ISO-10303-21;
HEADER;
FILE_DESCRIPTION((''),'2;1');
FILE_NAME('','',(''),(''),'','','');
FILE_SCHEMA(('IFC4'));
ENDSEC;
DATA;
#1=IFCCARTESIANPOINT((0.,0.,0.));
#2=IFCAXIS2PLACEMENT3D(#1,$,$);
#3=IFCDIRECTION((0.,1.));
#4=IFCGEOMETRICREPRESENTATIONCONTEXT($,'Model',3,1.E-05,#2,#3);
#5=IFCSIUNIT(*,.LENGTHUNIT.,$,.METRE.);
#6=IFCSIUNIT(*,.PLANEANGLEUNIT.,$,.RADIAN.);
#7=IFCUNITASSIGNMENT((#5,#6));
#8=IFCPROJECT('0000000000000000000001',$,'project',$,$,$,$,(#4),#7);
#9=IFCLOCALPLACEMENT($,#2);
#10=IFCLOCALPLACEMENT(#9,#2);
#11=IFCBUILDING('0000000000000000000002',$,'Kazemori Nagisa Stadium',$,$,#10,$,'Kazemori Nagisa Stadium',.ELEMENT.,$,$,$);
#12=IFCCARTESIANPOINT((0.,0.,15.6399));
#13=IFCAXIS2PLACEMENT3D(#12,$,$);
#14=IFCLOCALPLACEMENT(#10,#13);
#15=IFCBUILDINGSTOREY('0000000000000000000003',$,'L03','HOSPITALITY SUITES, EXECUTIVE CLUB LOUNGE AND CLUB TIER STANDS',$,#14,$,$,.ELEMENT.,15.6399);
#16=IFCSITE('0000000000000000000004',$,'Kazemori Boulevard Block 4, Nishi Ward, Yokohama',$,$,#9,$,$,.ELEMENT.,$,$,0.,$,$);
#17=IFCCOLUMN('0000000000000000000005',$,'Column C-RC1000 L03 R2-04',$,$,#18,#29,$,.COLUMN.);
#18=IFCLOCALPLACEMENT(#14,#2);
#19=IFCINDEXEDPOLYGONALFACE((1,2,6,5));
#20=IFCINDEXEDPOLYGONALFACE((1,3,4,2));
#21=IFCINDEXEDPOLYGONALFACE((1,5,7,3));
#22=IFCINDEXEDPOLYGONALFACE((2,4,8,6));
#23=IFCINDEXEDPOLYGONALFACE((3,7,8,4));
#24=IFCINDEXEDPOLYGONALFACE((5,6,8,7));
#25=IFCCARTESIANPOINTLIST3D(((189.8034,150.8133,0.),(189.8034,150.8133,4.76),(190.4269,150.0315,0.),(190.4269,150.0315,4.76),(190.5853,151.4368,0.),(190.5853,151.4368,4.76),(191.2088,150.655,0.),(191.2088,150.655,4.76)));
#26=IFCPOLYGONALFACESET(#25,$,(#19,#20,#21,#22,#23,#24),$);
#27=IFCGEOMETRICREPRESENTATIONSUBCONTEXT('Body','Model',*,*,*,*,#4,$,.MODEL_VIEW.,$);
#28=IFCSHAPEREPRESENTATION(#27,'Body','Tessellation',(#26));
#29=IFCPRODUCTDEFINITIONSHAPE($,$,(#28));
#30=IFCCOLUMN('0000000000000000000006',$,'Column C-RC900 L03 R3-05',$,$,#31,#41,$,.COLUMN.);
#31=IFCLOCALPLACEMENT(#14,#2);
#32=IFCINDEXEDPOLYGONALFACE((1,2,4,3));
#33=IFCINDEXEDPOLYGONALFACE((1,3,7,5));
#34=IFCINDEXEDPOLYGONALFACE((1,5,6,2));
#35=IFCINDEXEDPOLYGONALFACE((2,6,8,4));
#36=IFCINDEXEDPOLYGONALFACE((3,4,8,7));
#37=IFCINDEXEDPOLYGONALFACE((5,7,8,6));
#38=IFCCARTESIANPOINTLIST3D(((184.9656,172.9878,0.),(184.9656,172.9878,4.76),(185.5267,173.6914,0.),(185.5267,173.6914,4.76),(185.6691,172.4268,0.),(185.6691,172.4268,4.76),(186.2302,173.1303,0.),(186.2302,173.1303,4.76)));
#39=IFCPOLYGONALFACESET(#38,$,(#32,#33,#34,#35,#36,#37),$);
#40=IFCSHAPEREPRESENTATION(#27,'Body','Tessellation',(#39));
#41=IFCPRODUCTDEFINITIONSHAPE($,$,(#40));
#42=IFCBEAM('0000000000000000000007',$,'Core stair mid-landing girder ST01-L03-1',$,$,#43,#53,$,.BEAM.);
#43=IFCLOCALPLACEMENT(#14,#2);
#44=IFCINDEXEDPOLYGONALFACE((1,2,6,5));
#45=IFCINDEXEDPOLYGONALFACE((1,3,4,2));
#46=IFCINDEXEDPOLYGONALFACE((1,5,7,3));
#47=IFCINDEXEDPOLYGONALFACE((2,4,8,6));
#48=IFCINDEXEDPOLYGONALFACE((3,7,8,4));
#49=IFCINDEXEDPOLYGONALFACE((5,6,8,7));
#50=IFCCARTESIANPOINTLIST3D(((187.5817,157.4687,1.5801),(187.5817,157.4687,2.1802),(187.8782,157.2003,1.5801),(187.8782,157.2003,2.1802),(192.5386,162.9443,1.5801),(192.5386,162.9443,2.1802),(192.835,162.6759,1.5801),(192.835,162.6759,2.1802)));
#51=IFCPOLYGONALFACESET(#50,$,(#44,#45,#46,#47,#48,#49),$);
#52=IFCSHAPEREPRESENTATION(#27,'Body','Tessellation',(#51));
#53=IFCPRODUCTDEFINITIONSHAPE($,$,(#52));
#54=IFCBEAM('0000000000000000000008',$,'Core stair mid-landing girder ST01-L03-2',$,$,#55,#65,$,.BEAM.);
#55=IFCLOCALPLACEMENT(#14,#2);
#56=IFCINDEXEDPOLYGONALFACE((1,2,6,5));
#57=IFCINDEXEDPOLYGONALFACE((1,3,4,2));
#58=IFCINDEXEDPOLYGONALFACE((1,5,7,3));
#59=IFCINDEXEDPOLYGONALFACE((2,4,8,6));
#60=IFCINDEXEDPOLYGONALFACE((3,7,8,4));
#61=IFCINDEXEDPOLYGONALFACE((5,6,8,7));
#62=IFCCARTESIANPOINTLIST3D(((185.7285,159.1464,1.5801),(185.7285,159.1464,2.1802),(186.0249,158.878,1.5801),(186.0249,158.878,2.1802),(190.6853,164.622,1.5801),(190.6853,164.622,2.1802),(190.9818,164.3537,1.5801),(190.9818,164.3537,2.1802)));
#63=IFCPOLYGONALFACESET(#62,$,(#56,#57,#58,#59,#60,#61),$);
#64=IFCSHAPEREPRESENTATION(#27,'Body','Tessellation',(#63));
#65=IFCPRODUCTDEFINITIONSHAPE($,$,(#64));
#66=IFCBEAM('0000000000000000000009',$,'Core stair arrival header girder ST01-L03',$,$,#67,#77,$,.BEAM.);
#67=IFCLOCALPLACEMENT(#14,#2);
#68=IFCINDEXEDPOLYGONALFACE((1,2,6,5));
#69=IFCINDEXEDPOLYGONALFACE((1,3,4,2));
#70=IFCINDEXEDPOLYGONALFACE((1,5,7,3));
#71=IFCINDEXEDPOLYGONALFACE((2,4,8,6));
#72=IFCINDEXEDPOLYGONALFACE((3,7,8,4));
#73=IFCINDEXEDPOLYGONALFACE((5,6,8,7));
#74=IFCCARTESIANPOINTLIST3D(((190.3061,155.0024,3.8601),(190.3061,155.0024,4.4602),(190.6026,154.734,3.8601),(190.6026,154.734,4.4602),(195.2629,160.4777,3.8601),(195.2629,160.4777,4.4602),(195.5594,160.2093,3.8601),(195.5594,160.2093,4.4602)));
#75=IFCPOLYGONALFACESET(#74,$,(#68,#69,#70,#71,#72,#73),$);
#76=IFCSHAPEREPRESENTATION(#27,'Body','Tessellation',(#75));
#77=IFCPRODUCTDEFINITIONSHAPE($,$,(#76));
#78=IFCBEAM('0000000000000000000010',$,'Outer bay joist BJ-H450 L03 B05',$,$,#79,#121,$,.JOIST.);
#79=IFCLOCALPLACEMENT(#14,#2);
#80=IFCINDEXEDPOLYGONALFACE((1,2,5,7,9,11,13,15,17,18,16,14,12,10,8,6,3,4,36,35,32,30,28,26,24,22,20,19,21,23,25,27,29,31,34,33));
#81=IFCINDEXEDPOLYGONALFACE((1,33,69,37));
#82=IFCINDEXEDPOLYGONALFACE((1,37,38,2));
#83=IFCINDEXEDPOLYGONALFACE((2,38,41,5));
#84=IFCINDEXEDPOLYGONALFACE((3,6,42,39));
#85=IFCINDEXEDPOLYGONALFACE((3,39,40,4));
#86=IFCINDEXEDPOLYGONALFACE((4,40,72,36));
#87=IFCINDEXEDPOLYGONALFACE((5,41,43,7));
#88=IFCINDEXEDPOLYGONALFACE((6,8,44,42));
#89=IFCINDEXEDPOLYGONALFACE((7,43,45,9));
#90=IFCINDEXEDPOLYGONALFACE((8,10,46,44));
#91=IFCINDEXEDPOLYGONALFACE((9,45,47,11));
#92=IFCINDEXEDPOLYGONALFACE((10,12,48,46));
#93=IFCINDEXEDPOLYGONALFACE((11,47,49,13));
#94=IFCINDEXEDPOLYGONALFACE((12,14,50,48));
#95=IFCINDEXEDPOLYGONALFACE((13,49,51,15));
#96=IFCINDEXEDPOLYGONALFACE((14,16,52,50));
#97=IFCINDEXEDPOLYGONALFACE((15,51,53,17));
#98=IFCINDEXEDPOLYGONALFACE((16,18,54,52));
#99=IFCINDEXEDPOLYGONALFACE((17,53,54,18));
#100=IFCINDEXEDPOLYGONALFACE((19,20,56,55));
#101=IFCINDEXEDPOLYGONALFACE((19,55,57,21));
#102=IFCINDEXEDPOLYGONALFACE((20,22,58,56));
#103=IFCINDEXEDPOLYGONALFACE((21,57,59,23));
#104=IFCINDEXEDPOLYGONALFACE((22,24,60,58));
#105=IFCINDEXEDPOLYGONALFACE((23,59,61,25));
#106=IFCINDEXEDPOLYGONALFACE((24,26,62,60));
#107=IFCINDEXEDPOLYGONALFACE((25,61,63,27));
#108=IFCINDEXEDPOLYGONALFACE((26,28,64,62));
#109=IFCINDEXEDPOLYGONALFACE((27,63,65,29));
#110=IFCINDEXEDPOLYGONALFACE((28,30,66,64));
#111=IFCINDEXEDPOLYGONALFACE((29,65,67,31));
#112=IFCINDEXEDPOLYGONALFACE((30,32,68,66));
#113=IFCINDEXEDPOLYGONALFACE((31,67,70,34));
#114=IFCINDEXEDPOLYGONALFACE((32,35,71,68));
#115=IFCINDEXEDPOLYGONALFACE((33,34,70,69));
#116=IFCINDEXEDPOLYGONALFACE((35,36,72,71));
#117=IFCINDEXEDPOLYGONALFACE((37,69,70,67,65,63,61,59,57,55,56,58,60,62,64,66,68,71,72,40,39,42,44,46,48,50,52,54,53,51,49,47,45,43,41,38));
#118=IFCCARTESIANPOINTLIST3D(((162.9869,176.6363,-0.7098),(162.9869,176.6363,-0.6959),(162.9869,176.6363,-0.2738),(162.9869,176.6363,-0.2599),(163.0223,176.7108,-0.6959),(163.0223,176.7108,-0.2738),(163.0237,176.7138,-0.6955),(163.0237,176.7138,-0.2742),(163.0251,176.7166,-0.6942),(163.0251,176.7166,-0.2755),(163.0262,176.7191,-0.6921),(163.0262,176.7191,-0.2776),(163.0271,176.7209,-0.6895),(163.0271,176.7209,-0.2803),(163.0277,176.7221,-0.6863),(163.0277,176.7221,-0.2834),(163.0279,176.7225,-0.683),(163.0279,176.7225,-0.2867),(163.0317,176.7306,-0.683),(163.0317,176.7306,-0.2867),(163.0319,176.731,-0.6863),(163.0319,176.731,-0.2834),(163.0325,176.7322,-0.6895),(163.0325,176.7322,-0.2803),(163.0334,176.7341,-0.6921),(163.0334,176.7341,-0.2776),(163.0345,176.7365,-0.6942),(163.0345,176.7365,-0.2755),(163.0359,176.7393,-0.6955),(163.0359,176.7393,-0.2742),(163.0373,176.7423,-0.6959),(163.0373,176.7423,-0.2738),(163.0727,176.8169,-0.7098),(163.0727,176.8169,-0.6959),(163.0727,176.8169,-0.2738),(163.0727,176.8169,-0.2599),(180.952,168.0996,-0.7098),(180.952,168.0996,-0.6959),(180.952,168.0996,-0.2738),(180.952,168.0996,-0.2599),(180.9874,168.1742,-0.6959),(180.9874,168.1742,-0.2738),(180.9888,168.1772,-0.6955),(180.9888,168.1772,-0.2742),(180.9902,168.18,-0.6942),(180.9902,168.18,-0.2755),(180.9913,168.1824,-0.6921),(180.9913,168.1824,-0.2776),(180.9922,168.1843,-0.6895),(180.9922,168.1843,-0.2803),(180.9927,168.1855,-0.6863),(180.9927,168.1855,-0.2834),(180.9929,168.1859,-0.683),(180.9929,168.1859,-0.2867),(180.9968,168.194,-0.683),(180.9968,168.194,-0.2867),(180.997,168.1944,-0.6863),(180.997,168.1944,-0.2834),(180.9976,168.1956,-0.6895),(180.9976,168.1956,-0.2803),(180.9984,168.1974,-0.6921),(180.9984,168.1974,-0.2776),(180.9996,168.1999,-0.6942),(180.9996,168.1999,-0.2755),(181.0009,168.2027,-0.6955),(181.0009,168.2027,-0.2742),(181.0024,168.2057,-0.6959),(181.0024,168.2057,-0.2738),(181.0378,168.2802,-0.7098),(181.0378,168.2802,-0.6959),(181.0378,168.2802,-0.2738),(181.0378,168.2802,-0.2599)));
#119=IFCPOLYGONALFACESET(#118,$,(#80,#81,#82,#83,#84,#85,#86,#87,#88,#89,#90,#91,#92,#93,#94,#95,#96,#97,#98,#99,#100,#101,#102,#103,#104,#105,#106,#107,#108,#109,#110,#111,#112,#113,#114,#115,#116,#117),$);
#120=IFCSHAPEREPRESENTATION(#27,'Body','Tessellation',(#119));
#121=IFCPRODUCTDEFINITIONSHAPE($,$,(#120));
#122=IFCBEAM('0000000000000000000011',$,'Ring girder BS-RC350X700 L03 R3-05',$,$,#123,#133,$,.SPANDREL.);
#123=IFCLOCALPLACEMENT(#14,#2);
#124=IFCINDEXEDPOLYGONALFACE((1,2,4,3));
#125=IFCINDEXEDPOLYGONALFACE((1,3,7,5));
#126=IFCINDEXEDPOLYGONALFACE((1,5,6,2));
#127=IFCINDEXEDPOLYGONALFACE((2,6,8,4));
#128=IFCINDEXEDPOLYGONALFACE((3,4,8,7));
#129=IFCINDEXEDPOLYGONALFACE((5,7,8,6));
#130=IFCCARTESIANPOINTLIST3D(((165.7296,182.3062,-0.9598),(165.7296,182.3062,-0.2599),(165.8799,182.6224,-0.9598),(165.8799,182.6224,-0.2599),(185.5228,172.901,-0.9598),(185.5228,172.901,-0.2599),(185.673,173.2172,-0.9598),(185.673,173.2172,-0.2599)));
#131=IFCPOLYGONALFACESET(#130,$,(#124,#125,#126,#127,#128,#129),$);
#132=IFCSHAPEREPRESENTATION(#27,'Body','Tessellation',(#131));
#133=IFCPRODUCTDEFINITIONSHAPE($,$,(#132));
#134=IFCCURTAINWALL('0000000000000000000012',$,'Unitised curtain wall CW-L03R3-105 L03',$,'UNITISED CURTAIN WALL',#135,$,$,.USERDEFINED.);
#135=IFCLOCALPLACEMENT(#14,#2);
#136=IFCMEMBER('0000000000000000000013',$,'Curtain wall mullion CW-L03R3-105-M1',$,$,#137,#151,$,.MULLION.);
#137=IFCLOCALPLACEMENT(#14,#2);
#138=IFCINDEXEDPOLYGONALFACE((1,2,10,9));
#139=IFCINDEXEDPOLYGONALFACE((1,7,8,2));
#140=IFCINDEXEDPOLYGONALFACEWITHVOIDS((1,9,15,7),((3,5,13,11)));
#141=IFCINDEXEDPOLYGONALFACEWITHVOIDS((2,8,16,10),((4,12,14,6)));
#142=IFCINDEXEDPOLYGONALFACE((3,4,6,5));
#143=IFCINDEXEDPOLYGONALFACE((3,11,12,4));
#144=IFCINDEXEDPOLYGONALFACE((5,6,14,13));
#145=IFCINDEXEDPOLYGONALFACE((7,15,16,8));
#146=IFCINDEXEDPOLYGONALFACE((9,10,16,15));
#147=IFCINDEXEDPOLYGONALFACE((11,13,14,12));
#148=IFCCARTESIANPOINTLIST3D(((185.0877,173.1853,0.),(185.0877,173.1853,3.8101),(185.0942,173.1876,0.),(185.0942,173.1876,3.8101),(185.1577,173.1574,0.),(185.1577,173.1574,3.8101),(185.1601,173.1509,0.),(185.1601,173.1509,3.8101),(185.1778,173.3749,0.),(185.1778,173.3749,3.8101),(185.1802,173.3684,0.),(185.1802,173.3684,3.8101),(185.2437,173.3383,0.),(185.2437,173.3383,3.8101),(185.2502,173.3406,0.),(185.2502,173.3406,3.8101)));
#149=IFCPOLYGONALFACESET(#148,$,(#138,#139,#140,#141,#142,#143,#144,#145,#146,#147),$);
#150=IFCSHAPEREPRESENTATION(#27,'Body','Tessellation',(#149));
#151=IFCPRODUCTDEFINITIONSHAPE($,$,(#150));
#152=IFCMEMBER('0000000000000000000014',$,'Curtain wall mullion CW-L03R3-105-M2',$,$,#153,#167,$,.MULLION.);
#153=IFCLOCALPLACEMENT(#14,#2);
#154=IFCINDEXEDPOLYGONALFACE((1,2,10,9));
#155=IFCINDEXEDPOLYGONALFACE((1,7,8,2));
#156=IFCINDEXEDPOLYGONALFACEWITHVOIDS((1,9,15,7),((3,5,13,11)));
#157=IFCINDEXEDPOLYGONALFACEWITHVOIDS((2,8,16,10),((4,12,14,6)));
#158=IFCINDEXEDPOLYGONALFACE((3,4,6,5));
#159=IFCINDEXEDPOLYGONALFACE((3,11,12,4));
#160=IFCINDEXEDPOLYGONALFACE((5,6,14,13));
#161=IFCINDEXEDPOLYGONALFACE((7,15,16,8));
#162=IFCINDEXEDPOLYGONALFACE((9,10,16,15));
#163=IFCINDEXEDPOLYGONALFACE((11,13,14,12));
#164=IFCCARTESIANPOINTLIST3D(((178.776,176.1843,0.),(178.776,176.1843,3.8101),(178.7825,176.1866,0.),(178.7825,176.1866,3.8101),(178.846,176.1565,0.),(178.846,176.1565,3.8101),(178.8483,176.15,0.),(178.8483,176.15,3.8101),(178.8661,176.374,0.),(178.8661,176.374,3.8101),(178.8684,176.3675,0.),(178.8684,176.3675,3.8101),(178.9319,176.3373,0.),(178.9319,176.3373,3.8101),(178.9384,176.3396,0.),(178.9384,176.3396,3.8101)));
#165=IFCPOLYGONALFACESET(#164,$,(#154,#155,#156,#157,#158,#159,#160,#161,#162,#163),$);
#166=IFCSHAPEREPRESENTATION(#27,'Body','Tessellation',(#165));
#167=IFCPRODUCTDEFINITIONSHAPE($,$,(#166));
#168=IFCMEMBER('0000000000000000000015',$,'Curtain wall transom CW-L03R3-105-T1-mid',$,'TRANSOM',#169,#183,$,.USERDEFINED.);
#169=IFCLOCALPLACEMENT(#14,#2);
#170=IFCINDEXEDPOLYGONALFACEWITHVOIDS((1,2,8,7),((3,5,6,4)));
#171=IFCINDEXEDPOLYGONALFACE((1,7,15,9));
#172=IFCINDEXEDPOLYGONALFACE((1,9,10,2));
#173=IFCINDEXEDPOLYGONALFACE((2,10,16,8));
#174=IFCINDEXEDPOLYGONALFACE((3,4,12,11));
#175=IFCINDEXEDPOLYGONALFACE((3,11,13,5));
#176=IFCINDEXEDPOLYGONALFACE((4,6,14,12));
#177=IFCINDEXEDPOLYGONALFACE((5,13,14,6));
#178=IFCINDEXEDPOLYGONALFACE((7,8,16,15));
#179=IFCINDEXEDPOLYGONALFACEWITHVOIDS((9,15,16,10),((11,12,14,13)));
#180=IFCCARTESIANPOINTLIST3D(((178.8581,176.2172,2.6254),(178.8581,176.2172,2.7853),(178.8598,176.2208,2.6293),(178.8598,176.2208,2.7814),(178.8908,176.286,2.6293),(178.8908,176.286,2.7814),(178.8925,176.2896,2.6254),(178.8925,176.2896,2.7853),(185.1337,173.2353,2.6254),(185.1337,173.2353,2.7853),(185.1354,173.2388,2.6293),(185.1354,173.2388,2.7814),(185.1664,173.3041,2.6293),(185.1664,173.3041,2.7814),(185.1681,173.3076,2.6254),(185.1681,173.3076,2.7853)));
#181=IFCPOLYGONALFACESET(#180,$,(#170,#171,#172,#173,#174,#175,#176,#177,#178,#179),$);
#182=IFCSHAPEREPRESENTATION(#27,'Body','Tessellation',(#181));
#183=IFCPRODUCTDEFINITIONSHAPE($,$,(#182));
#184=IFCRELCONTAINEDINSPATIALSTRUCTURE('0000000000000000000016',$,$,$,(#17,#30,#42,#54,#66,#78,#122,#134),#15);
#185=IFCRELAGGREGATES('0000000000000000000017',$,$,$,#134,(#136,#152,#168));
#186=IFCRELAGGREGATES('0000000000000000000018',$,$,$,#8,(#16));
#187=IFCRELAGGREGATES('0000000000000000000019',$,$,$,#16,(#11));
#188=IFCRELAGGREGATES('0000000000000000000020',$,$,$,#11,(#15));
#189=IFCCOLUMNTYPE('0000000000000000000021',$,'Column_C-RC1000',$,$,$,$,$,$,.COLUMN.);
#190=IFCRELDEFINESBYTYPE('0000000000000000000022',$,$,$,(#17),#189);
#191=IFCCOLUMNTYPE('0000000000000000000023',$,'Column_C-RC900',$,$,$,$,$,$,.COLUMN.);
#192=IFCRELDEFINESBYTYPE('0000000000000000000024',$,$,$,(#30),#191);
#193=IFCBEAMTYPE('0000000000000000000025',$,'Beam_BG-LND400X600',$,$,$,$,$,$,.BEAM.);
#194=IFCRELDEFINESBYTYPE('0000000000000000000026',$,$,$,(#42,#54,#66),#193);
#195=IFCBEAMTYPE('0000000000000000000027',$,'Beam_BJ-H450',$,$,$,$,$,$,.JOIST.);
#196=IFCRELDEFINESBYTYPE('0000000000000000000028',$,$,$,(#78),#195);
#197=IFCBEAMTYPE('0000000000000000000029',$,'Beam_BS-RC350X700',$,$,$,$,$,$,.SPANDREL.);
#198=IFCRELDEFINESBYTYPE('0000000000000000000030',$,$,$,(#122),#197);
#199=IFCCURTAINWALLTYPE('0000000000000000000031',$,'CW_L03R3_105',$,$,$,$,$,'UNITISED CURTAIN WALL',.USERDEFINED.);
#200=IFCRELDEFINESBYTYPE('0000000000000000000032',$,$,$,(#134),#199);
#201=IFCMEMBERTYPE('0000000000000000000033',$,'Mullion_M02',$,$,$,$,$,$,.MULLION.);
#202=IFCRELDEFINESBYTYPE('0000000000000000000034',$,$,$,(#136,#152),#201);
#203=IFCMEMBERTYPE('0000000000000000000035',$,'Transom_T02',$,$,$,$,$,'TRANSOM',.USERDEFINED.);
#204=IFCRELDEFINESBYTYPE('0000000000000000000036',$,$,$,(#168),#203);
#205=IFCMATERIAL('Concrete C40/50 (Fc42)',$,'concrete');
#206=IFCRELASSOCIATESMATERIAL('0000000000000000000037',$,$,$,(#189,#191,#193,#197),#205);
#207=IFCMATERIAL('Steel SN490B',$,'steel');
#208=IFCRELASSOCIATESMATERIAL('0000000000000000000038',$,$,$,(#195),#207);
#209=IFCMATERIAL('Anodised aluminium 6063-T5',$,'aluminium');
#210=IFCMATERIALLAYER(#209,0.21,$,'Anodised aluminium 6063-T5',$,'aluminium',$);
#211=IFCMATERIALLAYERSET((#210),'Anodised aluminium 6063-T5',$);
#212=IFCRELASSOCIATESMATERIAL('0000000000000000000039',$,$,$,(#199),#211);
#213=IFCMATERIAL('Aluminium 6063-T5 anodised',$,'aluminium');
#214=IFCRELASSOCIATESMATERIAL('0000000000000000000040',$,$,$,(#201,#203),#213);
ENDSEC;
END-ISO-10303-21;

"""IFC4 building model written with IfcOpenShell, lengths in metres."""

from ifc_helpers import new_model, si_unit, direction, frame, origin, origin_2d, place, context, subcontext, project, spatial, rectangle, hollow_rectangle, i_section, extrude, material, layer, layer_set, material_profile, profile_set, type_object, element, aggregate, save


model = new_model("IFC4")

# Units and contexts
model_context = context("Model", 3, precision=1e-05, world=origin(), true_north=direction((0.0, 1.0)))
body_context = subcontext(model_context, "Body", "Model", "MODEL_VIEW")
ifc_project = project(units=[si_unit("LENGTHUNIT", "METRE"), si_unit("PLANEANGLEUNIT", "RADIAN")], contexts=[model_context])

# Site, building, storey
site_placement = place(None, origin())
site = spatial("IfcSite", under=ifc_project, at=site_placement, Name="Kazemori Boulevard Block 4, Nishi Ward, Yokohama", CompositionType="ELEMENT", RefElevation=0.0)
building_placement = place(site_placement, origin())
building = spatial("IfcBuilding", under=site, at=building_placement, Name="Kazemori Nagisa Stadium", LongName="Kazemori Nagisa Stadium", CompositionType="ELEMENT")
storey_placement = place(building_placement, frame((0.0, 0.0, 15.6399)))
storey = spatial("IfcBuildingStorey", under=building, at=storey_placement, Name="L03", Description="HOSPITALITY SUITES, EXECUTIVE CLUB LOUNGE AND CLUB TIER STANDS", CompositionType="ELEMENT", Elevation=15.6399)

# Columns
ifc_material_1 = material(Name="Concrete C40/50 (Fc42)", Category="concrete")
ifc_material_profile_1 = material_profile(ifc_material_1, rectangle(XDim=1.0, YDim=1.0, at=origin_2d()), Name="RC-COL-1000x1000")
ifc_profile_set_1 = profile_set([ifc_material_profile_1], Name="Concrete C40/50 (Fc42)")
column_type_1 = type_object("IfcColumnType", Name="Column_C-RC1000", PredefinedType="COLUMN", material=ifc_profile_set_1)
column_1_placement = place(storey_placement, frame((190.5061, 150.7341, 0.0), z_axis=(0.0, 0.0, 1.0), x_axis=(0.781831, 0.62349, 0.0)))
element("IfcColumn", 1, at=column_1_placement, inside=storey, type_object=column_type_1, Name="Column C-RC1000 L03 R2-04", PredefinedType="COLUMN", context=body_context, shape_type="SweptSolid", body=[
    extrude(rectangle(XDim=1.0, YDim=1.0, at=origin_2d()), origin(), (0.0, 0.0, 1.0), 4.76),
])
ifc_material_profile_2 = material_profile(ifc_material_1, rectangle(XDim=0.8999, YDim=0.8999, at=origin_2d()), Name="RC-COL-900x900")
ifc_profile_set_2 = profile_set([ifc_material_profile_2], Name="Concrete C40/50 (Fc42)")
column_type_2 = type_object("IfcColumnType", Name="Column_C-RC900", PredefinedType="COLUMN", material=ifc_profile_set_2)
column_2_placement = place(storey_placement, frame((185.5979, 173.0591, 0.0), z_axis=(0.0, 0.0, 1.0), x_axis=(0.62349, 0.781831, 0.0)))
element("IfcColumn", 2, at=column_2_placement, inside=storey, type_object=column_type_2, Name="Column C-RC900 L03 R3-05", PredefinedType="COLUMN", context=body_context, shape_type="SweptSolid", body=[
    extrude(rectangle(XDim=0.8999, YDim=0.8999, at=origin_2d()), origin(), (0.0, 0.0, 1.0), 4.76),
])

# Beams
ifc_material_profile_3 = material_profile(ifc_material_1, rectangle(XDim=0.3999, YDim=0.6001, at=origin_2d()), Name="RC-BM-400x600")
ifc_profile_set_3 = profile_set([ifc_material_profile_3], Name="Concrete C40/50 (Fc42)")
beam_type_1 = type_object("IfcBeamType", Name="Beam_BG-LND400X600", PredefinedType="BEAM", material=ifc_profile_set_3)
for number, where, z_axis, x_axis, name in (
    (3, (187.73, 157.3345, 1.8801), (0.671113, 0.741355, 0.0), (-0.741355, 0.671113, 0.0), "Core stair mid-landing girder ST01-L03-1"),
    (4, (185.8767, 159.0122, 1.8801), (0.671113, 0.741355, 0.0), (-0.741355, 0.671113, 0.0), "Core stair mid-landing girder ST01-L03-2"),
):
    element("IfcBeam", number, at=place(storey_placement, frame(where, z_axis=z_axis, x_axis=x_axis)), inside=storey, type_object=beam_type_1, Name=name, PredefinedType="BEAM", context=body_context, shape_type="SweptSolid", body=[
        extrude(rectangle(XDim=0.3999, YDim=0.6001, at=origin_2d()), origin(), (0.0, 0.0, 1.0), 7.386),
    ])
beam_1_placement = place(storey_placement, frame((190.4543, 154.8682, 4.1602), z_axis=(0.67113, 0.74134, 0.0), x_axis=(-0.74134, 0.67113, 0.0)))
element("IfcBeam", 5, at=beam_1_placement, inside=storey, type_object=beam_type_1, Name="Core stair arrival header girder ST01-L03", PredefinedType="BEAM", context=body_context, shape_type="SweptSolid", body=[
    extrude(rectangle(XDim=0.3999, YDim=0.6001, at=origin_2d()), origin(), (0.0, 0.0, 1.0), 7.3857),
])
ifc_material_2 = material(Name="Steel SN490B", Category="steel")
ifc_material_profile_4 = material_profile(ifc_material_2, i_section(OverallWidth=0.2, OverallDepth=0.45, WebThickness=0.009, FlangeThickness=0.0139, FilletRadius=0.0129, at=origin_2d()), Name="H-450x200x9x14")
ifc_profile_set_4 = profile_set([ifc_material_profile_4], Name="Steel SN490B")
beam_type_2 = type_object("IfcBeamType", Name="Beam_BJ-H450", PredefinedType="JOIST", material=ifc_profile_set_4)
beam_2_placement = place(storey_placement, frame((180.9949, 168.1899, -0.4849), z_axis=(-0.903215, 0.429188, 0.0), x_axis=(-0.429188, -0.903215, 0.0)))
element("IfcBeam", 6, at=beam_2_placement, inside=storey, type_object=beam_type_2, Name="Outer bay joist BJ-H450 L03 B05", PredefinedType="JOIST", context=body_context, shape_type="SweptSolid", body=[
    extrude(i_section(OverallWidth=0.2, OverallDepth=0.45, WebThickness=0.009, FlangeThickness=0.0139, FilletRadius=0.0129, at=origin_2d()), origin(), (0.0, 0.0, 1.0), 19.8901),
])
ifc_material_profile_5 = material_profile(ifc_material_1, rectangle(XDim=0.3501, YDim=0.7, at=origin_2d()), Name="RC-SP-350x700")
ifc_profile_set_5 = profile_set([ifc_material_profile_5], Name="Concrete C40/50 (Fc42)")
beam_type_3 = type_object("IfcBeamType", Name="Beam_BS-RC350X700", PredefinedType="SPANDREL", material=ifc_profile_set_5)
beam_3_placement = place(storey_placement, frame((185.5979, 173.0591, -0.6099), z_axis=(-0.903216, 0.429187, 0.0), x_axis=(-0.429187, -0.903216, 0.0)))
element("IfcBeam", 7, at=beam_3_placement, inside=storey, type_object=beam_type_3, Name="Ring girder BS-RC350X700 L03 R3-05", PredefinedType="SPANDREL", context=body_context, shape_type="SweptSolid", body=[
    extrude(rectangle(XDim=0.3501, YDim=0.7, at=origin_2d()), origin(), (0.0, 0.0, 1.0), 21.9141),
])

# Curtain wall, members
ifc_material_3 = material(Name="Anodised aluminium 6063-T5", Category="aluminium")
ifc_layer_1 = layer(ifc_material_3, 0.21, Name="Anodised aluminium 6063-T5", Category="aluminium")
ifc_layer_set_1 = layer_set([ifc_layer_1], Name="Anodised aluminium 6063-T5")
curtain_wall_type = type_object("IfcCurtainWallType", Name="CW_L03R3_105", ElementType="UNITISED CURTAIN WALL", PredefinedType="USERDEFINED", material=ifc_layer_set_1)
curtain_wall_placement = place(storey_placement, origin())
curtain_wall = element("IfcCurtainWall", 8, at=curtain_wall_placement, inside=storey, type_object=curtain_wall_type, Name="Unitised curtain wall CW-L03R3-105 L03", ObjectType="UNITISED CURTAIN WALL", PredefinedType="USERDEFINED")
ifc_material_4 = material(Name="Aluminium 6063-T5 anodised", Category="aluminium")
ifc_material_profile_6 = material_profile(ifc_material_4, hollow_rectangle(XDim=0.0801, YDim=0.21, WallThickness=0.0049, at=origin_2d()), Name="ALU-MULL-80x210x5")
ifc_profile_set_6 = profile_set([ifc_material_profile_6], Name="Aluminium 6063-T5 anodised")
member_type_1 = type_object("IfcMemberType", Name="Mullion_M02", PredefinedType="MULLION", material=ifc_profile_set_6)
member_1_placement = place(storey_placement, frame((185.1689, 173.2629, 0.0), z_axis=(0.0, 0.0, 1.0), x_axis=(-0.903216, 0.429186, 0.0)))
member_1 = element("IfcMember", 9, at=member_1_placement, type_object=member_type_1, Name="Curtain wall mullion CW-L03R3-105-M1", PredefinedType="MULLION", context=body_context, shape_type="SweptSolid", body=[
    extrude(hollow_rectangle(XDim=0.0801, YDim=0.21, WallThickness=0.0049, at=origin_2d()), origin(), (0.0, 0.0, 1.0), 3.8101),
])
member_2_placement = place(storey_placement, frame((178.8572, 176.262, 0.0), z_axis=(0.0, 0.0, 1.0), x_axis=(-0.903216, 0.429186, 0.0)))
member_2 = element("IfcMember", 10, at=member_2_placement, type_object=member_type_1, Name="Curtain wall mullion CW-L03R3-105-M2", PredefinedType="MULLION", context=body_context, shape_type="SweptSolid", body=[
    extrude(hollow_rectangle(XDim=0.0801, YDim=0.21, WallThickness=0.0049, at=origin_2d()), origin(), (0.0, 0.0, 1.0), 3.8101),
])
ifc_material_profile_7 = material_profile(ifc_material_4, hollow_rectangle(XDim=0.0801, YDim=0.1599, WallThickness=0.0039, at=origin_2d()), Name="ALU-TRAN-80x160x4")
ifc_profile_set_7 = profile_set([ifc_material_profile_7], Name="Aluminium 6063-T5 anodised")
member_type_2 = type_object("IfcMemberType", Name="Transom_T02", ElementType="TRANSOM", PredefinedType="USERDEFINED", material=ifc_profile_set_7)
member_3_placement = place(storey_placement, frame((185.1509, 173.2715, 2.7053), z_axis=(-0.903221, 0.429175, 0.0), x_axis=(-0.429175, -0.903221, 0.0)))
member_3 = element("IfcMember", 11, at=member_3_placement, type_object=member_type_2, Name="Curtain wall transom CW-L03R3-105-T1-mid", ObjectType="TRANSOM", PredefinedType="USERDEFINED", context=body_context, shape_type="SweptSolid", body=[
    extrude(hollow_rectangle(XDim=0.0801, YDim=0.1599, WallThickness=0.0039, at=origin_2d()), origin(), (0.0, 0.0, 1.0), 6.948),
])
aggregate(curtain_wall, [member_1, member_2, member_3])

save(model, "model.ifc")
